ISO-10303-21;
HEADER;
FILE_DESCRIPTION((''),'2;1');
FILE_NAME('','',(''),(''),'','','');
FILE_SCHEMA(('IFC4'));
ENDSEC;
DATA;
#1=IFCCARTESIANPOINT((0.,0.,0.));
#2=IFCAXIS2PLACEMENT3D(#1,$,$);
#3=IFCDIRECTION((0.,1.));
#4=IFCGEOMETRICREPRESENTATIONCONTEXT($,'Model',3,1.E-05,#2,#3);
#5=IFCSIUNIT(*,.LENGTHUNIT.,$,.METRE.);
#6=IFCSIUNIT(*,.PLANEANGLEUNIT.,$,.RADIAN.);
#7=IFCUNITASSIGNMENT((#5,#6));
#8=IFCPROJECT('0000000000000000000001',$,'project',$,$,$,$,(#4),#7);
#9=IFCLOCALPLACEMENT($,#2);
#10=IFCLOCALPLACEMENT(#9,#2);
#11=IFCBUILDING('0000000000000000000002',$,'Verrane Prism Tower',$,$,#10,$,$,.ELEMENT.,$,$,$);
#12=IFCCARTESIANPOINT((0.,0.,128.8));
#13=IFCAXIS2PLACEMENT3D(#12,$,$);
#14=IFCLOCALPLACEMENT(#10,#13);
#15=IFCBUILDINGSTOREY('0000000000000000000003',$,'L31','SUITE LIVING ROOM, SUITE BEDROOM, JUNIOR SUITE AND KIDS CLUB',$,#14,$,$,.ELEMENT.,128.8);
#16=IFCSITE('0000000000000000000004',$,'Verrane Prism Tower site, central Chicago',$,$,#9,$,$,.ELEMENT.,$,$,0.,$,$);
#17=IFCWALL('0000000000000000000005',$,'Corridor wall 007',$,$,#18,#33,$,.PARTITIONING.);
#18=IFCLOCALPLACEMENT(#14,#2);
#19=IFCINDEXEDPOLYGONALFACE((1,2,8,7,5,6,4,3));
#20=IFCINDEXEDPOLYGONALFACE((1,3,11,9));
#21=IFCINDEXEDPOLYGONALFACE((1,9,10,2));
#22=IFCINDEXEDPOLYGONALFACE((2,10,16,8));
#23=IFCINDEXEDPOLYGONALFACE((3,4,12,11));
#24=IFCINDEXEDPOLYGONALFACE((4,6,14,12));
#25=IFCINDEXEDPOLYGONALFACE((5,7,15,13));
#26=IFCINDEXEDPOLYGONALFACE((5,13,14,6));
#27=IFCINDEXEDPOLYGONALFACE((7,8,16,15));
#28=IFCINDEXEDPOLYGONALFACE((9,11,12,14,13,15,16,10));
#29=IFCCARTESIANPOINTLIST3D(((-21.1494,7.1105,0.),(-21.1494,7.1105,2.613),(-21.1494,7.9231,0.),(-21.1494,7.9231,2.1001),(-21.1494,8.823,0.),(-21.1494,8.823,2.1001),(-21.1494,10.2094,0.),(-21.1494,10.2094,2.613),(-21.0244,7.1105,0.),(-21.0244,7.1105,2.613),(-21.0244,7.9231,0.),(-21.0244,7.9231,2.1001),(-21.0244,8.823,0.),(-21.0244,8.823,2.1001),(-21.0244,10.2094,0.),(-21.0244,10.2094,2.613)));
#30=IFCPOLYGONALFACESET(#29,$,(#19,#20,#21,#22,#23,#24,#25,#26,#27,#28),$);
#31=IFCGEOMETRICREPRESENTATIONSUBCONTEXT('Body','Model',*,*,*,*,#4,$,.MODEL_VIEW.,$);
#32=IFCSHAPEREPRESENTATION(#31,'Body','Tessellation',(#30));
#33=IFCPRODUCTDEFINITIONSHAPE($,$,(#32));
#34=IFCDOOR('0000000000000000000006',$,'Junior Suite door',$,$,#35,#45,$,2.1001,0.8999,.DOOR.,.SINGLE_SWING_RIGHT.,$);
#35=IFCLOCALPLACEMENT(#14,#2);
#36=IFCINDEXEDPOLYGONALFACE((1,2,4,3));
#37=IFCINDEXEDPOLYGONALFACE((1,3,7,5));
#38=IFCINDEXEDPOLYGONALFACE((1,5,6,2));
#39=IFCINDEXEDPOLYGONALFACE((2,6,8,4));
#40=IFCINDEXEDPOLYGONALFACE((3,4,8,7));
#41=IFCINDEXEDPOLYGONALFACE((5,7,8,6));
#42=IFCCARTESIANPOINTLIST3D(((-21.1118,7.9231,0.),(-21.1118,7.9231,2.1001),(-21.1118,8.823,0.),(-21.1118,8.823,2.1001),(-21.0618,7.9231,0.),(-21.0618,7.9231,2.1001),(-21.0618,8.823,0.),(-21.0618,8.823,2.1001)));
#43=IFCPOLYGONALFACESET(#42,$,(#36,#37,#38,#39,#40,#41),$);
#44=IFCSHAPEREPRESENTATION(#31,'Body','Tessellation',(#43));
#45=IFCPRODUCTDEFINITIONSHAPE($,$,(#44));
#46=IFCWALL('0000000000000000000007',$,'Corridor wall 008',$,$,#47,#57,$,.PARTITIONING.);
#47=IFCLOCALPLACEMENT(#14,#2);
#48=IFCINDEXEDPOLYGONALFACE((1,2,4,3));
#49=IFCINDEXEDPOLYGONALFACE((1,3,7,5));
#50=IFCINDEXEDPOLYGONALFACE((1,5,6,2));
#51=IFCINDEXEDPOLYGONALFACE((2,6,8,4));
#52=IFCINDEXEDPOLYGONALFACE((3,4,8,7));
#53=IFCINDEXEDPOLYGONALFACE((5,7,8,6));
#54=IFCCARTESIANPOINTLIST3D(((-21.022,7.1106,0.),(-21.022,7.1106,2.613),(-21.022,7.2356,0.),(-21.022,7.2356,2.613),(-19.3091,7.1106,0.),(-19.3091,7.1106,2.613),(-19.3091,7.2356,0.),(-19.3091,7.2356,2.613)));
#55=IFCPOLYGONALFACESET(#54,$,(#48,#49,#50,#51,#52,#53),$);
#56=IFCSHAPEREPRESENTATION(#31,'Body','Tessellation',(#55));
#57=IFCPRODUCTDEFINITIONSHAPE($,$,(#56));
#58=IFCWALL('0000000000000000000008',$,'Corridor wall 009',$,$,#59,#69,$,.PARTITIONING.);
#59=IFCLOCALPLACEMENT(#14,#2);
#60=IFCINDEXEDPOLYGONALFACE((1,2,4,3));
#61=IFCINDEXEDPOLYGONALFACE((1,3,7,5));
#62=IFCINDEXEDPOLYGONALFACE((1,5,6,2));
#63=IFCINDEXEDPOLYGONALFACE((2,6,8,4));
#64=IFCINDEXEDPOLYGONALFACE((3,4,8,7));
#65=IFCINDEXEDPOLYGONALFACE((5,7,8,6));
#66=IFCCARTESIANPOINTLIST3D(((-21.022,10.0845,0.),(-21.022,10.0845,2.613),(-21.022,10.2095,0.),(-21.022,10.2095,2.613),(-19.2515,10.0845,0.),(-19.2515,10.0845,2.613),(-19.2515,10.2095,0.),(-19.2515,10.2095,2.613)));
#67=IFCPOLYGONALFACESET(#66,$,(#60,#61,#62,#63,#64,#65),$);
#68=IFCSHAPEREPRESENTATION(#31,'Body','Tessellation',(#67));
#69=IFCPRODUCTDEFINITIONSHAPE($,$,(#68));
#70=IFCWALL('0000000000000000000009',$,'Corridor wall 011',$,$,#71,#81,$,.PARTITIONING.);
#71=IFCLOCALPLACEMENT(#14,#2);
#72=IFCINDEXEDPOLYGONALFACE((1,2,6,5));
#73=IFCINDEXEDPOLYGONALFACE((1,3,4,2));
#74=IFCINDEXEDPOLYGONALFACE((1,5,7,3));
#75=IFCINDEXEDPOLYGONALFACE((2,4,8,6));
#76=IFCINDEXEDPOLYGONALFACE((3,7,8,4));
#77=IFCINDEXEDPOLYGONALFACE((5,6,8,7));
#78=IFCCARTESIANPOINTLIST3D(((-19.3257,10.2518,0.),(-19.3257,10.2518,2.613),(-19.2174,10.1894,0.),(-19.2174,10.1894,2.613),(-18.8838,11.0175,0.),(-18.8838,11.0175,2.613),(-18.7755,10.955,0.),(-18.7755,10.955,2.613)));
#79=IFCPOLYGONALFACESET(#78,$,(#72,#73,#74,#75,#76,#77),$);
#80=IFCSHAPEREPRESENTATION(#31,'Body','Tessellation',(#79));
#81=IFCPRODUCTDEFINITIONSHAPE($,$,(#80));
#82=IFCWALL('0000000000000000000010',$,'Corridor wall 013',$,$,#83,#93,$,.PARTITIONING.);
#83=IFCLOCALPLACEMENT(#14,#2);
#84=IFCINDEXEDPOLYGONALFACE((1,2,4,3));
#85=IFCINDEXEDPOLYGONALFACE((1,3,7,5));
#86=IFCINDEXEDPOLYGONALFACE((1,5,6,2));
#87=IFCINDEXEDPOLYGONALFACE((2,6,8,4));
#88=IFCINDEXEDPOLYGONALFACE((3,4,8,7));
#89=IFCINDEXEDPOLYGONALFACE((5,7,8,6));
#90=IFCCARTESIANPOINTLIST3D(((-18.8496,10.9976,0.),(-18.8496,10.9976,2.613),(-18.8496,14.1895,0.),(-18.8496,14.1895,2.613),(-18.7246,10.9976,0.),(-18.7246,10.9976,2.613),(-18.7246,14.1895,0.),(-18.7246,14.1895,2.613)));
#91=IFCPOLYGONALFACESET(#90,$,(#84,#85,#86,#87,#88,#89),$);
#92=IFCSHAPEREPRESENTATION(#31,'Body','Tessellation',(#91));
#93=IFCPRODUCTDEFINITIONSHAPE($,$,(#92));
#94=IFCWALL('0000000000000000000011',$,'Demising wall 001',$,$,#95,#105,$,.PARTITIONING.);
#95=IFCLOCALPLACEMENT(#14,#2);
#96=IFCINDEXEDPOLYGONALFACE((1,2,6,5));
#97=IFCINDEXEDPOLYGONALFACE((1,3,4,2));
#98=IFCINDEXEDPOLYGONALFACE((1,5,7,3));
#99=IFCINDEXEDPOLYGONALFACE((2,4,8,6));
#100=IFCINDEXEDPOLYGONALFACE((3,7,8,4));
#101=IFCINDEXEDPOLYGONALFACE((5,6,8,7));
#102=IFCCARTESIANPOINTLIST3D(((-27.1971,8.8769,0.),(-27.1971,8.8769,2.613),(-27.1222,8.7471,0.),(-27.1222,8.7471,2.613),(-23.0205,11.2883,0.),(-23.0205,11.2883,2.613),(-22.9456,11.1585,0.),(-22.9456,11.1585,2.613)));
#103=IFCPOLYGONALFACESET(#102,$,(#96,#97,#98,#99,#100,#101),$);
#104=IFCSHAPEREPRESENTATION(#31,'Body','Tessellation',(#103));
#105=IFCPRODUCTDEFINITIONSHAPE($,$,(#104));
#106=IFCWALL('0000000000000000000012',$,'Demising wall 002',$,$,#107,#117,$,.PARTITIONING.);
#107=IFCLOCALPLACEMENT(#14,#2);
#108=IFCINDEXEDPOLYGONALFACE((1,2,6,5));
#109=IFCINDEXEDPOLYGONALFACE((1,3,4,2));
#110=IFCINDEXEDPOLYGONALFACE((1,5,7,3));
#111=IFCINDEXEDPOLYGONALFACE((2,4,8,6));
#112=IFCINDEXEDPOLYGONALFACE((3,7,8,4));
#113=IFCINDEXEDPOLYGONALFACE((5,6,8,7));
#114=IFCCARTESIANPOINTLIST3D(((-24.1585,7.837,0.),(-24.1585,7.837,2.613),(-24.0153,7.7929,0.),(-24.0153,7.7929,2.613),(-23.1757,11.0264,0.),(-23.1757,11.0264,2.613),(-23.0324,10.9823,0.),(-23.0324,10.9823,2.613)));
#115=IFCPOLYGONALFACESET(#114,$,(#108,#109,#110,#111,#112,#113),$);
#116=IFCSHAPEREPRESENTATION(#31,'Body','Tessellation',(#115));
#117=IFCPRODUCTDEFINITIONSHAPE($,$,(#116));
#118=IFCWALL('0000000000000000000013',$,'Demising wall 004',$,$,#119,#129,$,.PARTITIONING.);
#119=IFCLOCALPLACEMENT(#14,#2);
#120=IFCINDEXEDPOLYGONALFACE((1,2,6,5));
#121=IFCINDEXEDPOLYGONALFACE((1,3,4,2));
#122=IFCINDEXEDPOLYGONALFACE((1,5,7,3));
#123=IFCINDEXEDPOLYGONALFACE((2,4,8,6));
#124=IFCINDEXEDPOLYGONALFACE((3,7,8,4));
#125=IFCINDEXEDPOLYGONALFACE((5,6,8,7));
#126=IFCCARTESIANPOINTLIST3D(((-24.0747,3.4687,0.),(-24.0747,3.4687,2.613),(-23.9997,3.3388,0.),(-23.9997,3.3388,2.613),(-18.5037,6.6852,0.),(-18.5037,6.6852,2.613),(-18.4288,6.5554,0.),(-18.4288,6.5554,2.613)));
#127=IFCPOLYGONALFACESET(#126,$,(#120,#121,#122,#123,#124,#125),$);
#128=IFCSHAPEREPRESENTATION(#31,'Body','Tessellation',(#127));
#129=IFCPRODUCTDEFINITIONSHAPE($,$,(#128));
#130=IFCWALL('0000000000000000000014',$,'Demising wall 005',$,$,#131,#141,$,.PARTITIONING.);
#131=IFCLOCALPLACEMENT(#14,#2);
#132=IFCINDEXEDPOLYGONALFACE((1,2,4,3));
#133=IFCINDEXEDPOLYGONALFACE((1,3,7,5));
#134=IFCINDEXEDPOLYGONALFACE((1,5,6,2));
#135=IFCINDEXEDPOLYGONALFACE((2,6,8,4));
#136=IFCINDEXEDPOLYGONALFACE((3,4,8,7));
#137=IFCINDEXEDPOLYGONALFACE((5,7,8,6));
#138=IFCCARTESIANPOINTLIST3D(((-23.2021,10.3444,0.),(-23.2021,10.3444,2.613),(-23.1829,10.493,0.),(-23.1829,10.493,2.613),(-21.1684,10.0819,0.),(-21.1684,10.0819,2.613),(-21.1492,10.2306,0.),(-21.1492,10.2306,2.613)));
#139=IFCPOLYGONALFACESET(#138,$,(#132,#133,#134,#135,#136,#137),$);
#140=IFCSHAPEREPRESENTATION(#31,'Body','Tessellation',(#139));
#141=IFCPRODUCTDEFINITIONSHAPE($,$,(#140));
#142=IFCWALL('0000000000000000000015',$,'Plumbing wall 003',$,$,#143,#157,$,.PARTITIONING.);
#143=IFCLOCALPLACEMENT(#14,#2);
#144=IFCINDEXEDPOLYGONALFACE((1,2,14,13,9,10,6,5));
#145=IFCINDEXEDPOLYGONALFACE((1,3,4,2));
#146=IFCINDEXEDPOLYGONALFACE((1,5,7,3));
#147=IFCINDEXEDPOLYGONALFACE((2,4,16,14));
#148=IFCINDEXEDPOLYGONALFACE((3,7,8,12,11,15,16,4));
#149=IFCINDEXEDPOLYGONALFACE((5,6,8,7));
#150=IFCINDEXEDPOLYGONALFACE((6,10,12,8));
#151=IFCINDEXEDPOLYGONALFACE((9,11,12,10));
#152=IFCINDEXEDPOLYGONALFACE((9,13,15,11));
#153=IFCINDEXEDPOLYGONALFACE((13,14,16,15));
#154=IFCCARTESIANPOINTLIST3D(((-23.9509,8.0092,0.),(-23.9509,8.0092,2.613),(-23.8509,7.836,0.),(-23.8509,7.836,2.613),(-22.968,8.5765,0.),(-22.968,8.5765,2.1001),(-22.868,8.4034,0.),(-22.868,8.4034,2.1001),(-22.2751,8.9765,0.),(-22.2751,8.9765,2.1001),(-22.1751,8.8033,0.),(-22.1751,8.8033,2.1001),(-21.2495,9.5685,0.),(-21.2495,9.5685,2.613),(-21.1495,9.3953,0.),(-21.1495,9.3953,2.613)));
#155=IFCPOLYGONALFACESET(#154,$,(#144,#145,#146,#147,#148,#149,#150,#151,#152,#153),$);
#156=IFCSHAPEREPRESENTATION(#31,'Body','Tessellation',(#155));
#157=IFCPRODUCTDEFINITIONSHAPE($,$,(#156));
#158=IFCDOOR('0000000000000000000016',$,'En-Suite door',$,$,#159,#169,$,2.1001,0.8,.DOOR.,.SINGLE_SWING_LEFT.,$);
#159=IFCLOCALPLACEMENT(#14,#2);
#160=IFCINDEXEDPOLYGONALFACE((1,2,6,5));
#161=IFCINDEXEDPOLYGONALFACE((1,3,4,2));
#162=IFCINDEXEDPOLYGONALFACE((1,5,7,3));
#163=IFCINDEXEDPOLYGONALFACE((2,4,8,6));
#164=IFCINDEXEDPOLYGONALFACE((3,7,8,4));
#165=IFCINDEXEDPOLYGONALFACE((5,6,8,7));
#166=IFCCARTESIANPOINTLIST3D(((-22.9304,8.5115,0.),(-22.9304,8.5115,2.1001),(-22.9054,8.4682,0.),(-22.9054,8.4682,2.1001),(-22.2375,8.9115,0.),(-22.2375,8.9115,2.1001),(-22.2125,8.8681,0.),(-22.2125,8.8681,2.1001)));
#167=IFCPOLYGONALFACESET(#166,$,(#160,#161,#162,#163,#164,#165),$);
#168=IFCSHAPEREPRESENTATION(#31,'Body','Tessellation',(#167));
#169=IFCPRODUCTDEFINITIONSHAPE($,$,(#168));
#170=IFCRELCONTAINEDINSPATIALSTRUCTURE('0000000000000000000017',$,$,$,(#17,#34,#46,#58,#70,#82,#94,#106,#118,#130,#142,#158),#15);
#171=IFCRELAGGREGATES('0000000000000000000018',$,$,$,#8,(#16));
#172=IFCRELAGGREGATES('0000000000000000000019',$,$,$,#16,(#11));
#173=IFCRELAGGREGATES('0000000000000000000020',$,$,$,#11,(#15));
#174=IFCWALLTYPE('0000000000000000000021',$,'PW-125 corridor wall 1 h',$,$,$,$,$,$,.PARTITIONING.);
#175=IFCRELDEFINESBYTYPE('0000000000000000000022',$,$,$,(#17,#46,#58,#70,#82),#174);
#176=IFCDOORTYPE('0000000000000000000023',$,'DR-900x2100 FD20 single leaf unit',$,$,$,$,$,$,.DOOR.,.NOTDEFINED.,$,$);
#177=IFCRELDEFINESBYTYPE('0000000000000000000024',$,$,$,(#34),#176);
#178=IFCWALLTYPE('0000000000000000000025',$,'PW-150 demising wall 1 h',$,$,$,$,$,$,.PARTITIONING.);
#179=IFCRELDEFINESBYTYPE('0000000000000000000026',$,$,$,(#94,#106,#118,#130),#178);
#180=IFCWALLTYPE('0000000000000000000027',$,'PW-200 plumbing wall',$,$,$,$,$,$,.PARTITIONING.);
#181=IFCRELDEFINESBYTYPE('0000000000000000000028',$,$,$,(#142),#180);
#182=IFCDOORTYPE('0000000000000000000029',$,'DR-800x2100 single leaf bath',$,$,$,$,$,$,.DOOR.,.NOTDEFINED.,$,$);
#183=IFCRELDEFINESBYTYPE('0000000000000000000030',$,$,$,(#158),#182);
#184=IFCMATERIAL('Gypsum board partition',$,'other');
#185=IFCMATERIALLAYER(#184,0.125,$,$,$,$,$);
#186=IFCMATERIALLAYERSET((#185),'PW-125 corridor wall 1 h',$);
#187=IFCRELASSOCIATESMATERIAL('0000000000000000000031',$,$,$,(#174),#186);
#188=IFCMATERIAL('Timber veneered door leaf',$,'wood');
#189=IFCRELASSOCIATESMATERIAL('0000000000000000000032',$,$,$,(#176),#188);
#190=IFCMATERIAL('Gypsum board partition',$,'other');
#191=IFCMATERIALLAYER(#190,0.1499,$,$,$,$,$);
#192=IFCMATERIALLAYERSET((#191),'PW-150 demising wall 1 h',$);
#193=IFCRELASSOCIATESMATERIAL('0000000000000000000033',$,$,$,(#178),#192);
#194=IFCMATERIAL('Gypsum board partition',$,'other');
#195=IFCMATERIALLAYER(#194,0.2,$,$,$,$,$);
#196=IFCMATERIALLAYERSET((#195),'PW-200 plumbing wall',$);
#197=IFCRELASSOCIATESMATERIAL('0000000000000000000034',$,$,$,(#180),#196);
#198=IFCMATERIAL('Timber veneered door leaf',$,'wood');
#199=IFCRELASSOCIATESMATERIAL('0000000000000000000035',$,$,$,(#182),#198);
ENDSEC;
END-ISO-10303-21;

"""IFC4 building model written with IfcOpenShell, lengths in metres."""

from ifc_helpers import new_model, si_unit, direction, frame, frame_2d, origin, place, context, subcontext, project, spatial, rectangle, extrude, material, layer, layer_set, type_object, element, fill, save


model = new_model("IFC4")

# Units and contexts
model_context = context("Model", 3, precision=1e-05, world=origin(), true_north=direction((0.0, 1.0)))
body_context = subcontext(model_context, "Body", "Model", "MODEL_VIEW")
ifc_project = project(units=[si_unit("LENGTHUNIT", "METRE"), si_unit("PLANEANGLEUNIT", "RADIAN")], contexts=[model_context])

# Site, building, storey
site_placement = place(None, origin())
site = spatial("IfcSite", under=ifc_project, at=site_placement, Name="Verrane Prism Tower site, central Chicago", CompositionType="ELEMENT", RefElevation=0.0)
building_placement = place(site_placement, origin())
building = spatial("IfcBuilding", under=site, at=building_placement, Name="Verrane Prism Tower", CompositionType="ELEMENT")
storey_placement = place(building_placement, frame((0.0, 0.0, 128.8)))
storey = spatial("IfcBuildingStorey", under=building, at=storey_placement, Name="L31", Description="SUITE LIVING ROOM, SUITE BEDROOM, JUNIOR SUITE AND KIDS CLUB", CompositionType="ELEMENT", Elevation=128.8)

# Wall, opening, door
ifc_material_1 = material(Name="Gypsum board partition", Category="other")
ifc_layer_1 = layer(ifc_material_1, 0.125)
ifc_layer_set_1 = layer_set([ifc_layer_1], Name="PW-125 corridor wall 1 h")
wall_type_1 = type_object("IfcWallType", Name="PW-125 corridor wall 1 h", PredefinedType="PARTITIONING", material=ifc_layer_set_1)
wall_1_placement = place(storey_placement, frame((-21.0869, 7.1106, 0.0), z_axis=(0.0, 0.0, 1.0), x_axis=(0.0, 1.0, 0.0)))
wall_1 = element("IfcWall", 1, at=wall_1_placement, inside=storey, type_object=wall_type_1, Name="Corridor wall 007", PredefinedType="PARTITIONING", context=body_context, shape_type="SweptSolid", body=[
    extrude(rectangle(XDim=3.0989, YDim=0.125, at=frame_2d((1.5493, 0.0))), origin(), (0.0, 0.0, 1.0), 2.613),
])
opening_1_placement = place(wall_1_placement, frame((0.8125, 0.0, 0.0)))
opening_1 = element("IfcOpeningElement", 2, at=opening_1_placement, cuts=wall_1, PredefinedType="OPENING", context=body_context, shape_type="SweptSolid", body=[
    extrude(rectangle(XDim=0.8999, YDim=2.1001, at=frame_2d((0.45, 1.05))), frame((0.0, 0.0725, 0.0), z_axis=(0.0, -1.0, 0.0), x_axis=(1.0, 0.0, 0.0)), (0.0, 0.0, 1.0), 0.145),
])
ifc_material_2 = material(Name="Timber veneered door leaf", Category="wood")
door_type_1 = type_object("IfcDoorType", Name="DR-900x2100 FD20 single leaf unit", OperationType="NOTDEFINED", PredefinedType="DOOR", material=ifc_material_2)
door_1_placement = place(opening_1_placement, origin())
door_1 = element("IfcDoor", 3, at=door_1_placement, inside=storey, type_object=door_type_1, Name="Junior Suite door", OperationType="SINGLE_SWING_RIGHT", OverallHeight=2.1001, OverallWidth=0.8999, PredefinedType="DOOR", context=body_context, shape_type="SweptSolid", body=[
    extrude(rectangle(XDim=0.8999, YDim=2.1001, at=frame_2d((0.45, 1.05))), frame((0.0, 0.0249, 0.0), z_axis=(0.0, -1.0, 0.0), x_axis=(1.0, 0.0, 0.0)), (0.0, 0.0, 1.0), 0.05),
])
fill(opening_1, door_1)

# Walls
wall_2_placement = place(storey_placement, frame((-21.022, 7.1731, 0.0), z_axis=(0.0, 0.0, 1.0), x_axis=(1.0, 0.0, 0.0)))
element("IfcWall", 4, at=wall_2_placement, inside=storey, type_object=wall_type_1, Name="Corridor wall 008", PredefinedType="PARTITIONING", context=body_context, shape_type="SweptSolid", body=[
    extrude(rectangle(XDim=1.7129, YDim=0.125, at=frame_2d((0.8564, 0.0))), origin(), (0.0, 0.0, 1.0), 2.613),
])
wall_3_placement = place(storey_placement, frame((-21.022, 10.147, 0.0), z_axis=(0.0, 0.0, 1.0), x_axis=(1.0, 0.0, 0.0)))
element("IfcWall", 5, at=wall_3_placement, inside=storey, type_object=wall_type_1, Name="Corridor wall 009", PredefinedType="PARTITIONING", context=body_context, shape_type="SweptSolid", body=[
    extrude(rectangle(XDim=1.7705, YDim=0.125, at=frame_2d((0.8853, 0.0))), origin(), (0.0, 0.0, 1.0), 2.613),
])
wall_4_placement = place(storey_placement, frame((-19.2715, 10.2207, 0.0), z_axis=(0.0, 0.0, 1.0), x_axis=(0.499882, 0.866094, 0.0)))
element("IfcWall", 6, at=wall_4_placement, inside=storey, type_object=wall_type_1, Name="Corridor wall 011", PredefinedType="PARTITIONING", context=body_context, shape_type="SweptSolid", body=[
    extrude(rectangle(XDim=0.884, YDim=0.125, at=frame_2d((0.4419, 0.0))), origin(), (0.0, 0.0, 1.0), 2.613),
])
wall_5_placement = place(storey_placement, frame((-18.7871, 10.9976, 0.0), z_axis=(0.0, 0.0, 1.0), x_axis=(0.0, 1.0, 0.0)))
element("IfcWall", 7, at=wall_5_placement, inside=storey, type_object=wall_type_1, Name="Corridor wall 013", PredefinedType="PARTITIONING", context=body_context, shape_type="SweptSolid", body=[
    extrude(rectangle(XDim=3.1919, YDim=0.125, at=frame_2d((1.5959, 0.0))), origin(), (0.0, 0.0, 1.0), 2.613),
])
ifc_material_3 = material(Name="Gypsum board partition", Category="other")
ifc_layer_2 = layer(ifc_material_3, 0.1499)
ifc_layer_set_2 = layer_set([ifc_layer_2], Name="PW-150 demising wall 1 h")
wall_type_2 = type_object("IfcWallType", Name="PW-150 demising wall 1 h", PredefinedType="PARTITIONING", material=ifc_layer_set_2)
wall_6_placement = place(storey_placement, frame((-27.1597, 8.812, 0.0), z_axis=(0.0, 0.0, 1.0), x_axis=(0.86602, 0.50001, 0.0)))
element("IfcWall", 8, at=wall_6_placement, inside=storey, type_object=wall_type_2, Name="Demising wall 001", PredefinedType="PARTITIONING", context=body_context, shape_type="SweptSolid", body=[
    extrude(rectangle(XDim=4.8228, YDim=0.1499, at=frame_2d((2.4114, 0.0))), origin(), (0.0, 0.0, 1.0), 2.613),
])
wall_7_placement = place(storey_placement, frame((-24.0869, 7.8149, 0.0), z_axis=(0.0, 0.0, 1.0), x_axis=(0.294507, 0.955649, 0.0)))
element("IfcWall", 9, at=wall_7_placement, inside=storey, type_object=wall_type_2, Name="Demising wall 002", PredefinedType="PARTITIONING", context=body_context, shape_type="SweptSolid", body=[
    extrude(rectangle(XDim=3.3374, YDim=0.1499, at=frame_2d((1.6687, 0.0))), origin(), (0.0, 0.0, 1.0), 2.613),
])
wall_8_placement = place(storey_placement, frame((-24.0371, 3.4038, 0.0), z_axis=(0.0, 0.0, 1.0), x_axis=(0.866018, 0.500013, 0.0)))
element("IfcWall", 10, at=wall_8_placement, inside=storey, type_object=wall_type_2, Name="Demising wall 004", PredefinedType="PARTITIONING", context=body_context, shape_type="SweptSolid", body=[
    extrude(rectangle(XDim=6.4329, YDim=0.1499, at=frame_2d((3.2163, 0.0))), origin(), (0.0, 0.0, 1.0), 2.613),
])
wall_9_placement = place(storey_placement, frame((-23.1926, 10.4187, 0.0), z_axis=(0.0, 0.0, 1.0), x_axis=(0.991775, -0.12799, 0.0)))
element("IfcWall", 11, at=wall_9_placement, inside=storey, type_object=wall_type_2, Name="Demising wall 005", PredefinedType="PARTITIONING", context=body_context, shape_type="SweptSolid", body=[
    extrude(rectangle(XDim=2.0505, YDim=0.1499, at=frame_2d((1.0254, 0.0))), origin(), (0.0, 0.0, 1.0), 2.613),
])

# Wall, opening, door
ifc_material_4 = material(Name="Gypsum board partition", Category="other")
ifc_layer_3 = layer(ifc_material_4, 0.2)
ifc_layer_set_3 = layer_set([ifc_layer_3], Name="PW-200 plumbing wall")
wall_type_3 = type_object("IfcWallType", Name="PW-200 plumbing wall", PredefinedType="PARTITIONING", material=ifc_layer_set_3)
wall_10_placement = place(storey_placement, frame((-23.9009, 7.9226, 0.0), z_axis=(0.0, 0.0, 1.0), x_axis=(0.866072, 0.499919, 0.0)))
wall_10 = element("IfcWall", 12, at=wall_10_placement, inside=storey, type_object=wall_type_3, Name="Plumbing wall 003", PredefinedType="PARTITIONING", context=body_context, shape_type="SweptSolid", body=[
    extrude(rectangle(XDim=3.1191, YDim=0.2, at=frame_2d((1.5596, 0.0))), origin(), (0.0, 0.0, 1.0), 2.613),
])
opening_2_placement = place(wall_10_placement, frame((1.135, 0.0, 0.0)))
opening_2 = element("IfcOpeningElement", 13, at=opening_2_placement, cuts=wall_10, PredefinedType="OPENING", context=body_context, shape_type="SweptSolid", body=[
    extrude(rectangle(XDim=0.8, YDim=2.1001, at=frame_2d((0.3999, 1.05))), frame((0.0, 0.1099, 0.0), z_axis=(0.0, -1.0, 0.0), x_axis=(1.0, 0.0, 0.0)), (0.0, 0.0, 1.0), 0.22),
])
ifc_material_5 = material(Name="Timber veneered door leaf", Category="wood")
door_type_2 = type_object("IfcDoorType", Name="DR-800x2100 single leaf bath", OperationType="NOTDEFINED", PredefinedType="DOOR", material=ifc_material_5)
door_2_placement = place(opening_2_placement, origin())
door_2 = element("IfcDoor", 14, at=door_2_placement, inside=storey, type_object=door_type_2, Name="En-Suite door", OperationType="SINGLE_SWING_LEFT", OverallHeight=2.1001, OverallWidth=0.8, PredefinedType="DOOR", context=body_context, shape_type="SweptSolid", body=[
    extrude(rectangle(XDim=0.8, YDim=2.1001, at=frame_2d((0.3999, 1.05))), frame((0.0, 0.0249, 0.0), z_axis=(0.0, -1.0, 0.0), x_axis=(1.0, 0.0, 0.0)), (0.0, 0.0, 1.0), 0.05),
])
fill(opening_2, door_2)

save(model, "model.ifc")
